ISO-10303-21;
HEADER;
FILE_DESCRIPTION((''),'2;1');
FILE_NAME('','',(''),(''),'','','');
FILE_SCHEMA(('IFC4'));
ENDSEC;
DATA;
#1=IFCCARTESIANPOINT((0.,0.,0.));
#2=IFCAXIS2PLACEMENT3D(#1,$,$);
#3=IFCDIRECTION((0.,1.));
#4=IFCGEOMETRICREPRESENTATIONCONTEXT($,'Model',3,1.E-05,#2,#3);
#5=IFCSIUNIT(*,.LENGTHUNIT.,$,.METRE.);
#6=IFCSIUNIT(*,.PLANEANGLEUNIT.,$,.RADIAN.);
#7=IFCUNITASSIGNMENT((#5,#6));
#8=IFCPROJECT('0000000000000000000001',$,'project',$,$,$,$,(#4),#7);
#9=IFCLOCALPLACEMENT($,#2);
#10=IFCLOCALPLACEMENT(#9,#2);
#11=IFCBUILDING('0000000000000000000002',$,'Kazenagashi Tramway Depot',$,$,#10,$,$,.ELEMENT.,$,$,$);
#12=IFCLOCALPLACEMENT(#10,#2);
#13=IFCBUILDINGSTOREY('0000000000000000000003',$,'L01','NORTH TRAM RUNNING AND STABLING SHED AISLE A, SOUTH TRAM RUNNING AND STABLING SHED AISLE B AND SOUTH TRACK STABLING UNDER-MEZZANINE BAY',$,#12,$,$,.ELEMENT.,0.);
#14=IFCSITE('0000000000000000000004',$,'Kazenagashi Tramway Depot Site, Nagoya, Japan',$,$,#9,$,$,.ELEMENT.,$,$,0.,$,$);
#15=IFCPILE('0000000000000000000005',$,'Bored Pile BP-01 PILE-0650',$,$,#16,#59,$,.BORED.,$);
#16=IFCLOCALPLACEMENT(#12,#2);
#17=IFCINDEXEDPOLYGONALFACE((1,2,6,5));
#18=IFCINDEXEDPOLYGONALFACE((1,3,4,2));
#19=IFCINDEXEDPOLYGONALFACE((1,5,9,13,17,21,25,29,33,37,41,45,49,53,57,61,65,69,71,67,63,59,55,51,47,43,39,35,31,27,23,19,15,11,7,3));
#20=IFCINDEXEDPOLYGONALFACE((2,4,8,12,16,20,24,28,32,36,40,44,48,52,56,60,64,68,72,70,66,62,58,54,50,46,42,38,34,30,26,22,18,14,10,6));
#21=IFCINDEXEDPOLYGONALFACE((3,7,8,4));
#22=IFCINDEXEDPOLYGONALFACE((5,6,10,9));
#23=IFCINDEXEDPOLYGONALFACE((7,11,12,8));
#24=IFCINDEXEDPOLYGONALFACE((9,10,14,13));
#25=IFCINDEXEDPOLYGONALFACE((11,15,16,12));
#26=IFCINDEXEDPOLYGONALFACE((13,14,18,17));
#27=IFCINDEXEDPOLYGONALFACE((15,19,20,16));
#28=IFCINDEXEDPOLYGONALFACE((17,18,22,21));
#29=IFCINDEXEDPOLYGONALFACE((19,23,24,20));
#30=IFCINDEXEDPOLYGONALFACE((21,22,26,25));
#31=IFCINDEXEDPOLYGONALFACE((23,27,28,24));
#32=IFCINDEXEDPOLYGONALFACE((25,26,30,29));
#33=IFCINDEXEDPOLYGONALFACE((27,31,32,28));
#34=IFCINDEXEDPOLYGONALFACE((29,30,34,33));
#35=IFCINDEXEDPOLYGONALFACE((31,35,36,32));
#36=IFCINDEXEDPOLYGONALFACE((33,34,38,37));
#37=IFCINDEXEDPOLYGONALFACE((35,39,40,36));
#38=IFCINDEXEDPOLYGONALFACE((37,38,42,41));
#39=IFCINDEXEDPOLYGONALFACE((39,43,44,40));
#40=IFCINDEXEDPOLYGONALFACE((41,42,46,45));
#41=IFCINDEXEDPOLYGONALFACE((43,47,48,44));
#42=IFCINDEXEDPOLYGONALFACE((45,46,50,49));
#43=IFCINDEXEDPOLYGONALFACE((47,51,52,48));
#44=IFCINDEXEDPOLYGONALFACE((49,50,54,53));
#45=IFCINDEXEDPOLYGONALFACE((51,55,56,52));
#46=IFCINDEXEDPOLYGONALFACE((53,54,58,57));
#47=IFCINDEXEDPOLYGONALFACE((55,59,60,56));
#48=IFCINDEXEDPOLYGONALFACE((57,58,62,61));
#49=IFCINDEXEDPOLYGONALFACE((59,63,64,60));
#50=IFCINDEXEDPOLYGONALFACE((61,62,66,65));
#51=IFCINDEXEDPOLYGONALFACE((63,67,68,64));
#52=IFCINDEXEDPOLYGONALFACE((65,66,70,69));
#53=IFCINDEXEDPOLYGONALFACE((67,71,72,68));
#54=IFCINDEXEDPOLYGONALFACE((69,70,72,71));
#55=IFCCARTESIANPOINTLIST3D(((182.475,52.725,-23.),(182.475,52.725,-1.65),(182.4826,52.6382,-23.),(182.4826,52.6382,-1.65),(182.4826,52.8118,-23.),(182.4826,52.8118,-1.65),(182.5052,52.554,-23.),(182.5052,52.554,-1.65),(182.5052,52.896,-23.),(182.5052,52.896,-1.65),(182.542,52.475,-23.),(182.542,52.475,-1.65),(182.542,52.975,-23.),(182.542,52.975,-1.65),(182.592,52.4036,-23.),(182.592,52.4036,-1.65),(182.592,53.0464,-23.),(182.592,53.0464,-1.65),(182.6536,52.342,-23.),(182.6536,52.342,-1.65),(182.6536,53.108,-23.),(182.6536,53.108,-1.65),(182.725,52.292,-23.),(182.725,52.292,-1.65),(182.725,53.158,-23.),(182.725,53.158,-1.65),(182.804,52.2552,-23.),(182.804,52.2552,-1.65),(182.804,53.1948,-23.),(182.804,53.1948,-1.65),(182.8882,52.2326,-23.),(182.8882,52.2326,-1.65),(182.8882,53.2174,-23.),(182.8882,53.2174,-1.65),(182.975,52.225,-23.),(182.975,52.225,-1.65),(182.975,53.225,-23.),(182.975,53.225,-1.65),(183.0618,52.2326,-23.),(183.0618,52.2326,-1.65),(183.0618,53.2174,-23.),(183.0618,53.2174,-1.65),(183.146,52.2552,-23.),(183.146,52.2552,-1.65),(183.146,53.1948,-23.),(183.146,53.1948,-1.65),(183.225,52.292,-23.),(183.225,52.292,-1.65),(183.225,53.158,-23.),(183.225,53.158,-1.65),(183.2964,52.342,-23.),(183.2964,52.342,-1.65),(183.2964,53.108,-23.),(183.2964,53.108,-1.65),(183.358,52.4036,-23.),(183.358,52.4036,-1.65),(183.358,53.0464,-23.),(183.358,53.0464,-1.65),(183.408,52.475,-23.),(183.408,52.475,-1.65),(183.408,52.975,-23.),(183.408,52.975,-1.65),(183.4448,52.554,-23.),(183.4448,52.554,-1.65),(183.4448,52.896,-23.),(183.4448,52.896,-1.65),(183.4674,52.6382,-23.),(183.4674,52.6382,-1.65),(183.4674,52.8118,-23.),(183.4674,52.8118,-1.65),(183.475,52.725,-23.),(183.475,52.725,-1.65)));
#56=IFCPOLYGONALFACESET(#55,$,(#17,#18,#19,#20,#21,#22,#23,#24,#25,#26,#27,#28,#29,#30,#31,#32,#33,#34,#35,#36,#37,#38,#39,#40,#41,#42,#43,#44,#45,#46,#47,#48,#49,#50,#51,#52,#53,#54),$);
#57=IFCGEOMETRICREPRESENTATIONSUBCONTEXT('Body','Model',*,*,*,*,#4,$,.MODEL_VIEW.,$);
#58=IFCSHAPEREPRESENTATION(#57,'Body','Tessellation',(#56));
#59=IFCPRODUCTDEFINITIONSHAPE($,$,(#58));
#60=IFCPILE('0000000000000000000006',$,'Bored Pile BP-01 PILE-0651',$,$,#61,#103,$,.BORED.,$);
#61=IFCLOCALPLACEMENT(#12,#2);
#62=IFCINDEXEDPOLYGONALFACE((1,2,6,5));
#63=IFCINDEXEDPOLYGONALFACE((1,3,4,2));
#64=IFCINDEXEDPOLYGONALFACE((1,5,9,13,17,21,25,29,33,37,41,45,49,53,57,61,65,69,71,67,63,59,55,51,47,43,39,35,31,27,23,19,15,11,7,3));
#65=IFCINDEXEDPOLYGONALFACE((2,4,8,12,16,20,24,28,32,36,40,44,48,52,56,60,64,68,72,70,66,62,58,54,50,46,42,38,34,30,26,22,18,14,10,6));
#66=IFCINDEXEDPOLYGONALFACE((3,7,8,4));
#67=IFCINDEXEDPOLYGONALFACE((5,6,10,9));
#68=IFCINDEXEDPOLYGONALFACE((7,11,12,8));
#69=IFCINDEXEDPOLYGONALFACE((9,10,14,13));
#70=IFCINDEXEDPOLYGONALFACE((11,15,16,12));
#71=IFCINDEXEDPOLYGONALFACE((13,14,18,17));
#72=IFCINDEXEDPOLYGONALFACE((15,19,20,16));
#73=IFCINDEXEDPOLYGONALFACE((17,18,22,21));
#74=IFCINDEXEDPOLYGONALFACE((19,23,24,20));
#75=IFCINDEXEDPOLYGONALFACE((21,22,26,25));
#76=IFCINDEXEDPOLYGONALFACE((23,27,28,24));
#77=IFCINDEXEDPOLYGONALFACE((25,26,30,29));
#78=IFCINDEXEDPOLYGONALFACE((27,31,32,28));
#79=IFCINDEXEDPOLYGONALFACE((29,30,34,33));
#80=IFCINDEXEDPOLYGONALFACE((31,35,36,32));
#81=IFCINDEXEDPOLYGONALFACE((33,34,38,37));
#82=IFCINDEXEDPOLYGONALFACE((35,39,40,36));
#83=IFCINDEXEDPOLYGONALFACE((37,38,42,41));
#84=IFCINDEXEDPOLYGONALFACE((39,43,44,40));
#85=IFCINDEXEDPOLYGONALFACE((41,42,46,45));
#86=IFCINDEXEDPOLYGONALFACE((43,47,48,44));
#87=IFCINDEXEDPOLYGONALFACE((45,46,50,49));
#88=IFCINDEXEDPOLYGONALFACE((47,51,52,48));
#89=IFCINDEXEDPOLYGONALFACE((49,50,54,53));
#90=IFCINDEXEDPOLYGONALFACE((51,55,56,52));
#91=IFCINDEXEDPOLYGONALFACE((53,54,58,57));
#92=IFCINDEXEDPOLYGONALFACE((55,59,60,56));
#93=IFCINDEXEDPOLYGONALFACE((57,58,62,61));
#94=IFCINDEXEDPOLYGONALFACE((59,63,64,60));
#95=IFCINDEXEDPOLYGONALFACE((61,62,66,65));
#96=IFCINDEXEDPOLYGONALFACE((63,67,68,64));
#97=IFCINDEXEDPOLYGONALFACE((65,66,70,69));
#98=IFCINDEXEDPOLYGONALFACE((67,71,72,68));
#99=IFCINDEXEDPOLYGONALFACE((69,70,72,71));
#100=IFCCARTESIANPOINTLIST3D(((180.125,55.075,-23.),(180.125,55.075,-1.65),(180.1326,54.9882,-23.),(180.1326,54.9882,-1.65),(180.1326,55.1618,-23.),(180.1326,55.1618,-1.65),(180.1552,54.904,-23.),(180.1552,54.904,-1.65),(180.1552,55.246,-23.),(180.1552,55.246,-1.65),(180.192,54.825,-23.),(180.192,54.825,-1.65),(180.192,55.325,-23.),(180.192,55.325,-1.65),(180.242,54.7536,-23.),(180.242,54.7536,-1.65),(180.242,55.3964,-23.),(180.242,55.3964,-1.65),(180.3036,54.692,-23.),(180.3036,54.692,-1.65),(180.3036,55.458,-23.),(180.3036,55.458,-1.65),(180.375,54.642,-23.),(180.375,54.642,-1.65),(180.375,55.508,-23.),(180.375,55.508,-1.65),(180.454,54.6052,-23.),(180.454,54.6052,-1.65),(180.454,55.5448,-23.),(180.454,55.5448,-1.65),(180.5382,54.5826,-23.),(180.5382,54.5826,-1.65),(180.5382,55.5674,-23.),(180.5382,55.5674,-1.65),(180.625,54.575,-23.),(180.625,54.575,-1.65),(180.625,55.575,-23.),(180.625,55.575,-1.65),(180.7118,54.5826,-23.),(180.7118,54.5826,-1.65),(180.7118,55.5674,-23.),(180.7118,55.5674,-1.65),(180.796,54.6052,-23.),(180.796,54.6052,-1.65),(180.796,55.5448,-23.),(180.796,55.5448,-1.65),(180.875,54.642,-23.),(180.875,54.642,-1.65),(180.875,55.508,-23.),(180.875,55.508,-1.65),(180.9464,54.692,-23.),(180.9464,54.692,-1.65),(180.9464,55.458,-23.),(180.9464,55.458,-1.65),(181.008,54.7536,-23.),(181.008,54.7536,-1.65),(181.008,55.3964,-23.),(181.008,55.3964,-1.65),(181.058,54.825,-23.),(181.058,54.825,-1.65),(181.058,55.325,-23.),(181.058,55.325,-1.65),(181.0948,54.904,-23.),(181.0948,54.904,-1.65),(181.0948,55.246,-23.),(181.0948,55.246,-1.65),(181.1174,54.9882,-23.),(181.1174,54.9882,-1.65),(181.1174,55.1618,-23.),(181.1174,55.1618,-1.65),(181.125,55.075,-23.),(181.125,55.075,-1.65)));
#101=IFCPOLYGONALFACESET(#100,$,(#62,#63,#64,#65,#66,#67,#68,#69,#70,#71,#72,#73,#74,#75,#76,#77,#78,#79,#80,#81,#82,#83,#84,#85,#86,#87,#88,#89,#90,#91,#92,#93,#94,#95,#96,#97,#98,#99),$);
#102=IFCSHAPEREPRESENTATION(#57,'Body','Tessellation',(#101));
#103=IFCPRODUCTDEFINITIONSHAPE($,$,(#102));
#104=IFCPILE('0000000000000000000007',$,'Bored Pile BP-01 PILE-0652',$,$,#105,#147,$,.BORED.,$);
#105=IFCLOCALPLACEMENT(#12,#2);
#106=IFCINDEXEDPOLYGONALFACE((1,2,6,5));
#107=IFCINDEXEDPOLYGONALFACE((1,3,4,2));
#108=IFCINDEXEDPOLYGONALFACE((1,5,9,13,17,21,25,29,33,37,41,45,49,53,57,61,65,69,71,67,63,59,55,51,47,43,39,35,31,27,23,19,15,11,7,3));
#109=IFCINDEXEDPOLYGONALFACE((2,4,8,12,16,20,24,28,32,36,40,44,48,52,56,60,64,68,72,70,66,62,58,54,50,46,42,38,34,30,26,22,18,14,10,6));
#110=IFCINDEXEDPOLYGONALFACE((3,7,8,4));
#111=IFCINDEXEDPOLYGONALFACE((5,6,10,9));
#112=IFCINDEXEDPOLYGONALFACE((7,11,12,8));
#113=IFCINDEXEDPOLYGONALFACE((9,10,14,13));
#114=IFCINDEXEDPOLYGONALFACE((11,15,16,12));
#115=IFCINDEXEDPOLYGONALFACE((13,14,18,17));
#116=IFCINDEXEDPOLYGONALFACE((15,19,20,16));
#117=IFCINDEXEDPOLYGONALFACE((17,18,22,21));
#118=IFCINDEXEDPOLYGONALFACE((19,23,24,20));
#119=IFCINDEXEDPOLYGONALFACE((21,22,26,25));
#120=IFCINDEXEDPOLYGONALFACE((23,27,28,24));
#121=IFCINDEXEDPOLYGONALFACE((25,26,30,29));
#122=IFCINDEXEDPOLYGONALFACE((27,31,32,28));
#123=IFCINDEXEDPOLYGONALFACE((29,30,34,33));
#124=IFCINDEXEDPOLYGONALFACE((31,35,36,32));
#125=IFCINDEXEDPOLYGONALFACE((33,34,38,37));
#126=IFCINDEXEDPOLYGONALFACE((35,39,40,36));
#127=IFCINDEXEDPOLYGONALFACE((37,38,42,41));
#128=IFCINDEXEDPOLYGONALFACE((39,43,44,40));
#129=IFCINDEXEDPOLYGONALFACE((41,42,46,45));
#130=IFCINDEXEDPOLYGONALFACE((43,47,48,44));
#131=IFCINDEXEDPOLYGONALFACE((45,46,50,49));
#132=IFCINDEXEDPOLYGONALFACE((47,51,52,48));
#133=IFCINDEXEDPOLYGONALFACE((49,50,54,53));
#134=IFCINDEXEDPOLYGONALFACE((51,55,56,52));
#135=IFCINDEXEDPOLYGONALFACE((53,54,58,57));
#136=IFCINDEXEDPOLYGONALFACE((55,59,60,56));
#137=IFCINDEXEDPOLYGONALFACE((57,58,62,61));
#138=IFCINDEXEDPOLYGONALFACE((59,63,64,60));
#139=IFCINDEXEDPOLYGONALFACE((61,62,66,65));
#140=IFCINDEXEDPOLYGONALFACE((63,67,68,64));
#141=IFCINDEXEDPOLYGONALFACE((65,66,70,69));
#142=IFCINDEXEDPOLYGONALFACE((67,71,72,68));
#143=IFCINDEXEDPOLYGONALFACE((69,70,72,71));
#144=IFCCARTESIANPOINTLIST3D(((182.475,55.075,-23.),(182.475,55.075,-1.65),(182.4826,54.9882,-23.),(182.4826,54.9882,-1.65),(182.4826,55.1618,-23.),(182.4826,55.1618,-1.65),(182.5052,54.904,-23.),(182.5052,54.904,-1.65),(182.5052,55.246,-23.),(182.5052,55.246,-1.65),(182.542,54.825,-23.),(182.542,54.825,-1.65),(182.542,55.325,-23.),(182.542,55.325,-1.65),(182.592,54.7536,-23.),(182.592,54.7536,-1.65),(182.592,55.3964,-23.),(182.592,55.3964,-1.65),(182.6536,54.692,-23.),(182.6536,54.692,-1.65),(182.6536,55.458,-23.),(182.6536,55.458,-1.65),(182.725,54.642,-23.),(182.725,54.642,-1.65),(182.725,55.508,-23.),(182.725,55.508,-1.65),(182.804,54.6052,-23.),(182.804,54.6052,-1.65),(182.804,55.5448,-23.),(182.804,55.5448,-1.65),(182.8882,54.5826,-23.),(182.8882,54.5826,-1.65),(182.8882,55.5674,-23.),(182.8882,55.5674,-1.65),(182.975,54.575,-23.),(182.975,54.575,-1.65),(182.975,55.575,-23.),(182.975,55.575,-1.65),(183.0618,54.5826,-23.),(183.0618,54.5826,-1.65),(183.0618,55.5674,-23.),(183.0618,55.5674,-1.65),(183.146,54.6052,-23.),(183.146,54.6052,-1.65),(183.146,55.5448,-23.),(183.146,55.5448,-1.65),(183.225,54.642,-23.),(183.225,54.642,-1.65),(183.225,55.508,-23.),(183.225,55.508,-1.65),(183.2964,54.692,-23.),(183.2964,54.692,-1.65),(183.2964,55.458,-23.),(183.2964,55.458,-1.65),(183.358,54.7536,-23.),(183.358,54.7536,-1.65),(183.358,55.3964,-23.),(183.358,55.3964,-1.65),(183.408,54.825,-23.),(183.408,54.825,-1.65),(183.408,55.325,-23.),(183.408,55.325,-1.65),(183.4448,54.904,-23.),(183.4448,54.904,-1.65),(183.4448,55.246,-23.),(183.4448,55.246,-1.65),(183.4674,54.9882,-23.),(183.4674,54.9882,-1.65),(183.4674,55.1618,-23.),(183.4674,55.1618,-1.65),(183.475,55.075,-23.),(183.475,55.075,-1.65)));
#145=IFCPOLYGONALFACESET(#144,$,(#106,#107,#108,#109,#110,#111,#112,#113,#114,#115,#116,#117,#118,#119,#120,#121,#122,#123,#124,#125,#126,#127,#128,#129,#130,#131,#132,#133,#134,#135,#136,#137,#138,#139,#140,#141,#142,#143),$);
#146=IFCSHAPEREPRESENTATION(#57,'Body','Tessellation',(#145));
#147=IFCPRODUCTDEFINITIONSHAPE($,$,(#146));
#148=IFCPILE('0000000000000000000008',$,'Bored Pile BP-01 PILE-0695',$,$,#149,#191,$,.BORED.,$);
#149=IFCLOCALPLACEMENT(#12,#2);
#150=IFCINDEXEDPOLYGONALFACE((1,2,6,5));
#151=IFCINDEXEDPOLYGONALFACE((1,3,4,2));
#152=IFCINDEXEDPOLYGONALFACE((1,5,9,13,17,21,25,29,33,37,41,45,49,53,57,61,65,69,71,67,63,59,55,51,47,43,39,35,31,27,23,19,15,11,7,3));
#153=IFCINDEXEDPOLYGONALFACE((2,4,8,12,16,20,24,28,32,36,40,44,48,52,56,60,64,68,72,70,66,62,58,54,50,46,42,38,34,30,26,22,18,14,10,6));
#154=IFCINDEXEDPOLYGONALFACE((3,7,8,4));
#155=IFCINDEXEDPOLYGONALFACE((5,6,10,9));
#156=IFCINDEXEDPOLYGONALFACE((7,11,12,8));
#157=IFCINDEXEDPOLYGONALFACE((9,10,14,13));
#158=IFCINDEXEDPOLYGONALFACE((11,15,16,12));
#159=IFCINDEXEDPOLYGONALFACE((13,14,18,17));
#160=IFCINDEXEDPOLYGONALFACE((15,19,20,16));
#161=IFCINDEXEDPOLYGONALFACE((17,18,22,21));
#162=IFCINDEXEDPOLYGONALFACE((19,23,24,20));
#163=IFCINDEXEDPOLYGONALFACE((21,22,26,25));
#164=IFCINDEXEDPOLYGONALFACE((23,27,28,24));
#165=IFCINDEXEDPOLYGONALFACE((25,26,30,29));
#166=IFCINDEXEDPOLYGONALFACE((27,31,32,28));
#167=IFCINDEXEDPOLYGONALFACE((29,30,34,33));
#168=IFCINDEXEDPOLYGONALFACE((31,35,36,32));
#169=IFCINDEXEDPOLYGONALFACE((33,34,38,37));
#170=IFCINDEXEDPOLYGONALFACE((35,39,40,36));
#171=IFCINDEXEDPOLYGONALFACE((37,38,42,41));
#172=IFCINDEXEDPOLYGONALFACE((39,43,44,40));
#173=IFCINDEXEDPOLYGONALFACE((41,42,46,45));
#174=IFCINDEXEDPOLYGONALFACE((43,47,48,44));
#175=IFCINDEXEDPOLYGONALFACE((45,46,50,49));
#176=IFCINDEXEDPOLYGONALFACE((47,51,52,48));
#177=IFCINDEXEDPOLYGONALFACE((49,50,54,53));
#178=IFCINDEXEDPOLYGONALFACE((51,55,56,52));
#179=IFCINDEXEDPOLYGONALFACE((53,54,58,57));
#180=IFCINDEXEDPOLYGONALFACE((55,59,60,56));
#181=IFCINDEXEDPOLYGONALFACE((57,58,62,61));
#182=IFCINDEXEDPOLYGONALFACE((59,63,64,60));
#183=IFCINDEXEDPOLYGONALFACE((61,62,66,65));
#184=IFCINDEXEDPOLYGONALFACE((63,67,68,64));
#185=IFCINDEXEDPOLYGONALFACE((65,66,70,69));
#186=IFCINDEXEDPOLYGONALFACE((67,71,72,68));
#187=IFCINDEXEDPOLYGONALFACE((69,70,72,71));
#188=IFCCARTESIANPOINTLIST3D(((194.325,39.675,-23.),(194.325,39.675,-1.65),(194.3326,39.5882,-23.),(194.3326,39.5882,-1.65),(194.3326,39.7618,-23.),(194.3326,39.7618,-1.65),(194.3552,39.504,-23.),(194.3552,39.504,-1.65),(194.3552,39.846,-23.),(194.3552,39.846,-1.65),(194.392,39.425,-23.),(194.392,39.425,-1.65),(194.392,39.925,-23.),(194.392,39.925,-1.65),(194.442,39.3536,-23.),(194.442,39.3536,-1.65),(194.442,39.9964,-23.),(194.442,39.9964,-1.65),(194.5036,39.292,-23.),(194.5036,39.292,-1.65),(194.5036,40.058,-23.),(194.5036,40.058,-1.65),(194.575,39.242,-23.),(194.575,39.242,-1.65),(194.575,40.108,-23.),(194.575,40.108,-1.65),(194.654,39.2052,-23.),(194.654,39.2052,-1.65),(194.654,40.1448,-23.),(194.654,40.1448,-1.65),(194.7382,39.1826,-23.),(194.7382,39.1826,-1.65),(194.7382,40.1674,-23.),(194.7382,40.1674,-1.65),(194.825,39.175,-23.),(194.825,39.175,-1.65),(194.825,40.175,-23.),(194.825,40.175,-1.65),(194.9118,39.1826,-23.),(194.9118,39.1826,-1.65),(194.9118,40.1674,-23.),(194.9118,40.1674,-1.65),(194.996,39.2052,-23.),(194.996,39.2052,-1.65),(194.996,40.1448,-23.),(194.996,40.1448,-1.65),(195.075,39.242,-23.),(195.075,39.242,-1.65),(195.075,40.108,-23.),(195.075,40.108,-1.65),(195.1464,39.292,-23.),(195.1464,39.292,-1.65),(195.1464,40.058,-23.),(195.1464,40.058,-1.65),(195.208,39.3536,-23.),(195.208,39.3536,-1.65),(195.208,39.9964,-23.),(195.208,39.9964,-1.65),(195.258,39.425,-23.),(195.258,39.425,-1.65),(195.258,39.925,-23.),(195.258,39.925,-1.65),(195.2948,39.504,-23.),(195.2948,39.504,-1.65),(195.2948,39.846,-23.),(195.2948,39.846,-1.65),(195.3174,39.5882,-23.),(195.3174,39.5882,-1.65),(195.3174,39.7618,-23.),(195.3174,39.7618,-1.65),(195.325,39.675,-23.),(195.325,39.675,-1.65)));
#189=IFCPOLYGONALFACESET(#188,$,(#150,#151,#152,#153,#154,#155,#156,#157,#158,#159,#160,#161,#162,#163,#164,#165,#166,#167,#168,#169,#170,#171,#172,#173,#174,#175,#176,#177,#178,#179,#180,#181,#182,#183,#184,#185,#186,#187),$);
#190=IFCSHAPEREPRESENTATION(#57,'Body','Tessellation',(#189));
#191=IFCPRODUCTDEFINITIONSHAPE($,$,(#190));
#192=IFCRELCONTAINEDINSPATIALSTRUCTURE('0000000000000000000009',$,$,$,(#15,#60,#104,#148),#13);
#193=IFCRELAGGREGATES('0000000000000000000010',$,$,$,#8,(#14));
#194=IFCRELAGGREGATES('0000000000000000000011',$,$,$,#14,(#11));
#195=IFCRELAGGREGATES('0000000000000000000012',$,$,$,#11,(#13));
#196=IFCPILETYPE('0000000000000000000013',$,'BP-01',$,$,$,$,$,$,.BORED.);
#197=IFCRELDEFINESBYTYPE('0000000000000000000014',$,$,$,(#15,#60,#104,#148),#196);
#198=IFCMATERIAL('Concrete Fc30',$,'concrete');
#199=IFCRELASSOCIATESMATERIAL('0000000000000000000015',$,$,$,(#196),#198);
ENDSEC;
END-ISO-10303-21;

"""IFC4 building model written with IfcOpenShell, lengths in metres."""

from ifc_helpers import new_model, si_unit, direction, frame, origin, origin_2d, place, context, subcontext, project, spatial, circle, extrude, material, material_profile, profile_set, type_object, element, save


model = new_model("IFC4")

# Units and contexts
model_context = context("Model", 3, precision=1e-05, world=origin(), true_north=direction((0.0, 1.0)))
body_context = subcontext(model_context, "Body", "Model", "MODEL_VIEW")
ifc_project = project(units=[si_unit("LENGTHUNIT", "METRE"), si_unit("PLANEANGLEUNIT", "RADIAN")], contexts=[model_context])

# Site, building, storey
site_placement = place(None, origin())
site = spatial("IfcSite", under=ifc_project, at=site_placement, Name="Kazenagashi Tramway Depot Site, Nagoya, Japan", CompositionType="ELEMENT", RefElevation=0.0)
building_placement = place(site_placement, origin())
building = spatial("IfcBuilding", under=site, at=building_placement, Name="Kazenagashi Tramway Depot", CompositionType="ELEMENT")
storey_placement = place(building_placement, origin())
storey = spatial("IfcBuildingStorey", under=building, at=storey_placement, Name="L01", Description="NORTH TRAM RUNNING AND STABLING SHED AISLE A, SOUTH TRAM RUNNING AND STABLING SHED AISLE B AND SOUTH TRACK STABLING UNDER-MEZZANINE BAY", CompositionType="ELEMENT", Elevation=0.0)

# Piles
ifc_material_1 = material(Name="Concrete Fc30", Category="concrete")
ifc_material_profile_1 = material_profile(ifc_material_1, circle(Radius=0.5, at=origin_2d()), Name="PILE-1000")
ifc_profile_set_1 = profile_set([ifc_material_profile_1], Name="Concrete Fc30")
pile_type = type_object("IfcPileType", Name="BP-01", PredefinedType="BORED", material=ifc_profile_set_1)
for number, where, z_axis, x_axis, name in (
    (1, (182.975, 52.725, -1.65), (0.0, 0.0, -1.0), (1.0, 0.0, 0.0), "Bored Pile BP-01 PILE-0650"),
    (2, (180.625, 55.075, -1.65), (0.0, 0.0, -1.0), (1.0, 0.0, 0.0), "Bored Pile BP-01 PILE-0651"),
    (3, (182.975, 55.075, -1.65), (0.0, 0.0, -1.0), (1.0, 0.0, 0.0), "Bored Pile BP-01 PILE-0652"),
    (4, (194.825, 39.675, -1.65), (0.0, 0.0, -1.0), (1.0, 0.0, 0.0), "Bored Pile BP-01 PILE-0695"),
):
    element("IfcPile", number, at=place(storey_placement, frame(where, z_axis=z_axis, x_axis=x_axis)), inside=storey, type_object=pile_type, Name=name, PredefinedType="BORED", context=body_context, shape_type="SweptSolid", body=[
        extrude(circle(Radius=0.5, at=origin_2d()), origin(), (0.0, 0.0, 1.0), 21.35),
    ])

save(model, "model.ifc")
